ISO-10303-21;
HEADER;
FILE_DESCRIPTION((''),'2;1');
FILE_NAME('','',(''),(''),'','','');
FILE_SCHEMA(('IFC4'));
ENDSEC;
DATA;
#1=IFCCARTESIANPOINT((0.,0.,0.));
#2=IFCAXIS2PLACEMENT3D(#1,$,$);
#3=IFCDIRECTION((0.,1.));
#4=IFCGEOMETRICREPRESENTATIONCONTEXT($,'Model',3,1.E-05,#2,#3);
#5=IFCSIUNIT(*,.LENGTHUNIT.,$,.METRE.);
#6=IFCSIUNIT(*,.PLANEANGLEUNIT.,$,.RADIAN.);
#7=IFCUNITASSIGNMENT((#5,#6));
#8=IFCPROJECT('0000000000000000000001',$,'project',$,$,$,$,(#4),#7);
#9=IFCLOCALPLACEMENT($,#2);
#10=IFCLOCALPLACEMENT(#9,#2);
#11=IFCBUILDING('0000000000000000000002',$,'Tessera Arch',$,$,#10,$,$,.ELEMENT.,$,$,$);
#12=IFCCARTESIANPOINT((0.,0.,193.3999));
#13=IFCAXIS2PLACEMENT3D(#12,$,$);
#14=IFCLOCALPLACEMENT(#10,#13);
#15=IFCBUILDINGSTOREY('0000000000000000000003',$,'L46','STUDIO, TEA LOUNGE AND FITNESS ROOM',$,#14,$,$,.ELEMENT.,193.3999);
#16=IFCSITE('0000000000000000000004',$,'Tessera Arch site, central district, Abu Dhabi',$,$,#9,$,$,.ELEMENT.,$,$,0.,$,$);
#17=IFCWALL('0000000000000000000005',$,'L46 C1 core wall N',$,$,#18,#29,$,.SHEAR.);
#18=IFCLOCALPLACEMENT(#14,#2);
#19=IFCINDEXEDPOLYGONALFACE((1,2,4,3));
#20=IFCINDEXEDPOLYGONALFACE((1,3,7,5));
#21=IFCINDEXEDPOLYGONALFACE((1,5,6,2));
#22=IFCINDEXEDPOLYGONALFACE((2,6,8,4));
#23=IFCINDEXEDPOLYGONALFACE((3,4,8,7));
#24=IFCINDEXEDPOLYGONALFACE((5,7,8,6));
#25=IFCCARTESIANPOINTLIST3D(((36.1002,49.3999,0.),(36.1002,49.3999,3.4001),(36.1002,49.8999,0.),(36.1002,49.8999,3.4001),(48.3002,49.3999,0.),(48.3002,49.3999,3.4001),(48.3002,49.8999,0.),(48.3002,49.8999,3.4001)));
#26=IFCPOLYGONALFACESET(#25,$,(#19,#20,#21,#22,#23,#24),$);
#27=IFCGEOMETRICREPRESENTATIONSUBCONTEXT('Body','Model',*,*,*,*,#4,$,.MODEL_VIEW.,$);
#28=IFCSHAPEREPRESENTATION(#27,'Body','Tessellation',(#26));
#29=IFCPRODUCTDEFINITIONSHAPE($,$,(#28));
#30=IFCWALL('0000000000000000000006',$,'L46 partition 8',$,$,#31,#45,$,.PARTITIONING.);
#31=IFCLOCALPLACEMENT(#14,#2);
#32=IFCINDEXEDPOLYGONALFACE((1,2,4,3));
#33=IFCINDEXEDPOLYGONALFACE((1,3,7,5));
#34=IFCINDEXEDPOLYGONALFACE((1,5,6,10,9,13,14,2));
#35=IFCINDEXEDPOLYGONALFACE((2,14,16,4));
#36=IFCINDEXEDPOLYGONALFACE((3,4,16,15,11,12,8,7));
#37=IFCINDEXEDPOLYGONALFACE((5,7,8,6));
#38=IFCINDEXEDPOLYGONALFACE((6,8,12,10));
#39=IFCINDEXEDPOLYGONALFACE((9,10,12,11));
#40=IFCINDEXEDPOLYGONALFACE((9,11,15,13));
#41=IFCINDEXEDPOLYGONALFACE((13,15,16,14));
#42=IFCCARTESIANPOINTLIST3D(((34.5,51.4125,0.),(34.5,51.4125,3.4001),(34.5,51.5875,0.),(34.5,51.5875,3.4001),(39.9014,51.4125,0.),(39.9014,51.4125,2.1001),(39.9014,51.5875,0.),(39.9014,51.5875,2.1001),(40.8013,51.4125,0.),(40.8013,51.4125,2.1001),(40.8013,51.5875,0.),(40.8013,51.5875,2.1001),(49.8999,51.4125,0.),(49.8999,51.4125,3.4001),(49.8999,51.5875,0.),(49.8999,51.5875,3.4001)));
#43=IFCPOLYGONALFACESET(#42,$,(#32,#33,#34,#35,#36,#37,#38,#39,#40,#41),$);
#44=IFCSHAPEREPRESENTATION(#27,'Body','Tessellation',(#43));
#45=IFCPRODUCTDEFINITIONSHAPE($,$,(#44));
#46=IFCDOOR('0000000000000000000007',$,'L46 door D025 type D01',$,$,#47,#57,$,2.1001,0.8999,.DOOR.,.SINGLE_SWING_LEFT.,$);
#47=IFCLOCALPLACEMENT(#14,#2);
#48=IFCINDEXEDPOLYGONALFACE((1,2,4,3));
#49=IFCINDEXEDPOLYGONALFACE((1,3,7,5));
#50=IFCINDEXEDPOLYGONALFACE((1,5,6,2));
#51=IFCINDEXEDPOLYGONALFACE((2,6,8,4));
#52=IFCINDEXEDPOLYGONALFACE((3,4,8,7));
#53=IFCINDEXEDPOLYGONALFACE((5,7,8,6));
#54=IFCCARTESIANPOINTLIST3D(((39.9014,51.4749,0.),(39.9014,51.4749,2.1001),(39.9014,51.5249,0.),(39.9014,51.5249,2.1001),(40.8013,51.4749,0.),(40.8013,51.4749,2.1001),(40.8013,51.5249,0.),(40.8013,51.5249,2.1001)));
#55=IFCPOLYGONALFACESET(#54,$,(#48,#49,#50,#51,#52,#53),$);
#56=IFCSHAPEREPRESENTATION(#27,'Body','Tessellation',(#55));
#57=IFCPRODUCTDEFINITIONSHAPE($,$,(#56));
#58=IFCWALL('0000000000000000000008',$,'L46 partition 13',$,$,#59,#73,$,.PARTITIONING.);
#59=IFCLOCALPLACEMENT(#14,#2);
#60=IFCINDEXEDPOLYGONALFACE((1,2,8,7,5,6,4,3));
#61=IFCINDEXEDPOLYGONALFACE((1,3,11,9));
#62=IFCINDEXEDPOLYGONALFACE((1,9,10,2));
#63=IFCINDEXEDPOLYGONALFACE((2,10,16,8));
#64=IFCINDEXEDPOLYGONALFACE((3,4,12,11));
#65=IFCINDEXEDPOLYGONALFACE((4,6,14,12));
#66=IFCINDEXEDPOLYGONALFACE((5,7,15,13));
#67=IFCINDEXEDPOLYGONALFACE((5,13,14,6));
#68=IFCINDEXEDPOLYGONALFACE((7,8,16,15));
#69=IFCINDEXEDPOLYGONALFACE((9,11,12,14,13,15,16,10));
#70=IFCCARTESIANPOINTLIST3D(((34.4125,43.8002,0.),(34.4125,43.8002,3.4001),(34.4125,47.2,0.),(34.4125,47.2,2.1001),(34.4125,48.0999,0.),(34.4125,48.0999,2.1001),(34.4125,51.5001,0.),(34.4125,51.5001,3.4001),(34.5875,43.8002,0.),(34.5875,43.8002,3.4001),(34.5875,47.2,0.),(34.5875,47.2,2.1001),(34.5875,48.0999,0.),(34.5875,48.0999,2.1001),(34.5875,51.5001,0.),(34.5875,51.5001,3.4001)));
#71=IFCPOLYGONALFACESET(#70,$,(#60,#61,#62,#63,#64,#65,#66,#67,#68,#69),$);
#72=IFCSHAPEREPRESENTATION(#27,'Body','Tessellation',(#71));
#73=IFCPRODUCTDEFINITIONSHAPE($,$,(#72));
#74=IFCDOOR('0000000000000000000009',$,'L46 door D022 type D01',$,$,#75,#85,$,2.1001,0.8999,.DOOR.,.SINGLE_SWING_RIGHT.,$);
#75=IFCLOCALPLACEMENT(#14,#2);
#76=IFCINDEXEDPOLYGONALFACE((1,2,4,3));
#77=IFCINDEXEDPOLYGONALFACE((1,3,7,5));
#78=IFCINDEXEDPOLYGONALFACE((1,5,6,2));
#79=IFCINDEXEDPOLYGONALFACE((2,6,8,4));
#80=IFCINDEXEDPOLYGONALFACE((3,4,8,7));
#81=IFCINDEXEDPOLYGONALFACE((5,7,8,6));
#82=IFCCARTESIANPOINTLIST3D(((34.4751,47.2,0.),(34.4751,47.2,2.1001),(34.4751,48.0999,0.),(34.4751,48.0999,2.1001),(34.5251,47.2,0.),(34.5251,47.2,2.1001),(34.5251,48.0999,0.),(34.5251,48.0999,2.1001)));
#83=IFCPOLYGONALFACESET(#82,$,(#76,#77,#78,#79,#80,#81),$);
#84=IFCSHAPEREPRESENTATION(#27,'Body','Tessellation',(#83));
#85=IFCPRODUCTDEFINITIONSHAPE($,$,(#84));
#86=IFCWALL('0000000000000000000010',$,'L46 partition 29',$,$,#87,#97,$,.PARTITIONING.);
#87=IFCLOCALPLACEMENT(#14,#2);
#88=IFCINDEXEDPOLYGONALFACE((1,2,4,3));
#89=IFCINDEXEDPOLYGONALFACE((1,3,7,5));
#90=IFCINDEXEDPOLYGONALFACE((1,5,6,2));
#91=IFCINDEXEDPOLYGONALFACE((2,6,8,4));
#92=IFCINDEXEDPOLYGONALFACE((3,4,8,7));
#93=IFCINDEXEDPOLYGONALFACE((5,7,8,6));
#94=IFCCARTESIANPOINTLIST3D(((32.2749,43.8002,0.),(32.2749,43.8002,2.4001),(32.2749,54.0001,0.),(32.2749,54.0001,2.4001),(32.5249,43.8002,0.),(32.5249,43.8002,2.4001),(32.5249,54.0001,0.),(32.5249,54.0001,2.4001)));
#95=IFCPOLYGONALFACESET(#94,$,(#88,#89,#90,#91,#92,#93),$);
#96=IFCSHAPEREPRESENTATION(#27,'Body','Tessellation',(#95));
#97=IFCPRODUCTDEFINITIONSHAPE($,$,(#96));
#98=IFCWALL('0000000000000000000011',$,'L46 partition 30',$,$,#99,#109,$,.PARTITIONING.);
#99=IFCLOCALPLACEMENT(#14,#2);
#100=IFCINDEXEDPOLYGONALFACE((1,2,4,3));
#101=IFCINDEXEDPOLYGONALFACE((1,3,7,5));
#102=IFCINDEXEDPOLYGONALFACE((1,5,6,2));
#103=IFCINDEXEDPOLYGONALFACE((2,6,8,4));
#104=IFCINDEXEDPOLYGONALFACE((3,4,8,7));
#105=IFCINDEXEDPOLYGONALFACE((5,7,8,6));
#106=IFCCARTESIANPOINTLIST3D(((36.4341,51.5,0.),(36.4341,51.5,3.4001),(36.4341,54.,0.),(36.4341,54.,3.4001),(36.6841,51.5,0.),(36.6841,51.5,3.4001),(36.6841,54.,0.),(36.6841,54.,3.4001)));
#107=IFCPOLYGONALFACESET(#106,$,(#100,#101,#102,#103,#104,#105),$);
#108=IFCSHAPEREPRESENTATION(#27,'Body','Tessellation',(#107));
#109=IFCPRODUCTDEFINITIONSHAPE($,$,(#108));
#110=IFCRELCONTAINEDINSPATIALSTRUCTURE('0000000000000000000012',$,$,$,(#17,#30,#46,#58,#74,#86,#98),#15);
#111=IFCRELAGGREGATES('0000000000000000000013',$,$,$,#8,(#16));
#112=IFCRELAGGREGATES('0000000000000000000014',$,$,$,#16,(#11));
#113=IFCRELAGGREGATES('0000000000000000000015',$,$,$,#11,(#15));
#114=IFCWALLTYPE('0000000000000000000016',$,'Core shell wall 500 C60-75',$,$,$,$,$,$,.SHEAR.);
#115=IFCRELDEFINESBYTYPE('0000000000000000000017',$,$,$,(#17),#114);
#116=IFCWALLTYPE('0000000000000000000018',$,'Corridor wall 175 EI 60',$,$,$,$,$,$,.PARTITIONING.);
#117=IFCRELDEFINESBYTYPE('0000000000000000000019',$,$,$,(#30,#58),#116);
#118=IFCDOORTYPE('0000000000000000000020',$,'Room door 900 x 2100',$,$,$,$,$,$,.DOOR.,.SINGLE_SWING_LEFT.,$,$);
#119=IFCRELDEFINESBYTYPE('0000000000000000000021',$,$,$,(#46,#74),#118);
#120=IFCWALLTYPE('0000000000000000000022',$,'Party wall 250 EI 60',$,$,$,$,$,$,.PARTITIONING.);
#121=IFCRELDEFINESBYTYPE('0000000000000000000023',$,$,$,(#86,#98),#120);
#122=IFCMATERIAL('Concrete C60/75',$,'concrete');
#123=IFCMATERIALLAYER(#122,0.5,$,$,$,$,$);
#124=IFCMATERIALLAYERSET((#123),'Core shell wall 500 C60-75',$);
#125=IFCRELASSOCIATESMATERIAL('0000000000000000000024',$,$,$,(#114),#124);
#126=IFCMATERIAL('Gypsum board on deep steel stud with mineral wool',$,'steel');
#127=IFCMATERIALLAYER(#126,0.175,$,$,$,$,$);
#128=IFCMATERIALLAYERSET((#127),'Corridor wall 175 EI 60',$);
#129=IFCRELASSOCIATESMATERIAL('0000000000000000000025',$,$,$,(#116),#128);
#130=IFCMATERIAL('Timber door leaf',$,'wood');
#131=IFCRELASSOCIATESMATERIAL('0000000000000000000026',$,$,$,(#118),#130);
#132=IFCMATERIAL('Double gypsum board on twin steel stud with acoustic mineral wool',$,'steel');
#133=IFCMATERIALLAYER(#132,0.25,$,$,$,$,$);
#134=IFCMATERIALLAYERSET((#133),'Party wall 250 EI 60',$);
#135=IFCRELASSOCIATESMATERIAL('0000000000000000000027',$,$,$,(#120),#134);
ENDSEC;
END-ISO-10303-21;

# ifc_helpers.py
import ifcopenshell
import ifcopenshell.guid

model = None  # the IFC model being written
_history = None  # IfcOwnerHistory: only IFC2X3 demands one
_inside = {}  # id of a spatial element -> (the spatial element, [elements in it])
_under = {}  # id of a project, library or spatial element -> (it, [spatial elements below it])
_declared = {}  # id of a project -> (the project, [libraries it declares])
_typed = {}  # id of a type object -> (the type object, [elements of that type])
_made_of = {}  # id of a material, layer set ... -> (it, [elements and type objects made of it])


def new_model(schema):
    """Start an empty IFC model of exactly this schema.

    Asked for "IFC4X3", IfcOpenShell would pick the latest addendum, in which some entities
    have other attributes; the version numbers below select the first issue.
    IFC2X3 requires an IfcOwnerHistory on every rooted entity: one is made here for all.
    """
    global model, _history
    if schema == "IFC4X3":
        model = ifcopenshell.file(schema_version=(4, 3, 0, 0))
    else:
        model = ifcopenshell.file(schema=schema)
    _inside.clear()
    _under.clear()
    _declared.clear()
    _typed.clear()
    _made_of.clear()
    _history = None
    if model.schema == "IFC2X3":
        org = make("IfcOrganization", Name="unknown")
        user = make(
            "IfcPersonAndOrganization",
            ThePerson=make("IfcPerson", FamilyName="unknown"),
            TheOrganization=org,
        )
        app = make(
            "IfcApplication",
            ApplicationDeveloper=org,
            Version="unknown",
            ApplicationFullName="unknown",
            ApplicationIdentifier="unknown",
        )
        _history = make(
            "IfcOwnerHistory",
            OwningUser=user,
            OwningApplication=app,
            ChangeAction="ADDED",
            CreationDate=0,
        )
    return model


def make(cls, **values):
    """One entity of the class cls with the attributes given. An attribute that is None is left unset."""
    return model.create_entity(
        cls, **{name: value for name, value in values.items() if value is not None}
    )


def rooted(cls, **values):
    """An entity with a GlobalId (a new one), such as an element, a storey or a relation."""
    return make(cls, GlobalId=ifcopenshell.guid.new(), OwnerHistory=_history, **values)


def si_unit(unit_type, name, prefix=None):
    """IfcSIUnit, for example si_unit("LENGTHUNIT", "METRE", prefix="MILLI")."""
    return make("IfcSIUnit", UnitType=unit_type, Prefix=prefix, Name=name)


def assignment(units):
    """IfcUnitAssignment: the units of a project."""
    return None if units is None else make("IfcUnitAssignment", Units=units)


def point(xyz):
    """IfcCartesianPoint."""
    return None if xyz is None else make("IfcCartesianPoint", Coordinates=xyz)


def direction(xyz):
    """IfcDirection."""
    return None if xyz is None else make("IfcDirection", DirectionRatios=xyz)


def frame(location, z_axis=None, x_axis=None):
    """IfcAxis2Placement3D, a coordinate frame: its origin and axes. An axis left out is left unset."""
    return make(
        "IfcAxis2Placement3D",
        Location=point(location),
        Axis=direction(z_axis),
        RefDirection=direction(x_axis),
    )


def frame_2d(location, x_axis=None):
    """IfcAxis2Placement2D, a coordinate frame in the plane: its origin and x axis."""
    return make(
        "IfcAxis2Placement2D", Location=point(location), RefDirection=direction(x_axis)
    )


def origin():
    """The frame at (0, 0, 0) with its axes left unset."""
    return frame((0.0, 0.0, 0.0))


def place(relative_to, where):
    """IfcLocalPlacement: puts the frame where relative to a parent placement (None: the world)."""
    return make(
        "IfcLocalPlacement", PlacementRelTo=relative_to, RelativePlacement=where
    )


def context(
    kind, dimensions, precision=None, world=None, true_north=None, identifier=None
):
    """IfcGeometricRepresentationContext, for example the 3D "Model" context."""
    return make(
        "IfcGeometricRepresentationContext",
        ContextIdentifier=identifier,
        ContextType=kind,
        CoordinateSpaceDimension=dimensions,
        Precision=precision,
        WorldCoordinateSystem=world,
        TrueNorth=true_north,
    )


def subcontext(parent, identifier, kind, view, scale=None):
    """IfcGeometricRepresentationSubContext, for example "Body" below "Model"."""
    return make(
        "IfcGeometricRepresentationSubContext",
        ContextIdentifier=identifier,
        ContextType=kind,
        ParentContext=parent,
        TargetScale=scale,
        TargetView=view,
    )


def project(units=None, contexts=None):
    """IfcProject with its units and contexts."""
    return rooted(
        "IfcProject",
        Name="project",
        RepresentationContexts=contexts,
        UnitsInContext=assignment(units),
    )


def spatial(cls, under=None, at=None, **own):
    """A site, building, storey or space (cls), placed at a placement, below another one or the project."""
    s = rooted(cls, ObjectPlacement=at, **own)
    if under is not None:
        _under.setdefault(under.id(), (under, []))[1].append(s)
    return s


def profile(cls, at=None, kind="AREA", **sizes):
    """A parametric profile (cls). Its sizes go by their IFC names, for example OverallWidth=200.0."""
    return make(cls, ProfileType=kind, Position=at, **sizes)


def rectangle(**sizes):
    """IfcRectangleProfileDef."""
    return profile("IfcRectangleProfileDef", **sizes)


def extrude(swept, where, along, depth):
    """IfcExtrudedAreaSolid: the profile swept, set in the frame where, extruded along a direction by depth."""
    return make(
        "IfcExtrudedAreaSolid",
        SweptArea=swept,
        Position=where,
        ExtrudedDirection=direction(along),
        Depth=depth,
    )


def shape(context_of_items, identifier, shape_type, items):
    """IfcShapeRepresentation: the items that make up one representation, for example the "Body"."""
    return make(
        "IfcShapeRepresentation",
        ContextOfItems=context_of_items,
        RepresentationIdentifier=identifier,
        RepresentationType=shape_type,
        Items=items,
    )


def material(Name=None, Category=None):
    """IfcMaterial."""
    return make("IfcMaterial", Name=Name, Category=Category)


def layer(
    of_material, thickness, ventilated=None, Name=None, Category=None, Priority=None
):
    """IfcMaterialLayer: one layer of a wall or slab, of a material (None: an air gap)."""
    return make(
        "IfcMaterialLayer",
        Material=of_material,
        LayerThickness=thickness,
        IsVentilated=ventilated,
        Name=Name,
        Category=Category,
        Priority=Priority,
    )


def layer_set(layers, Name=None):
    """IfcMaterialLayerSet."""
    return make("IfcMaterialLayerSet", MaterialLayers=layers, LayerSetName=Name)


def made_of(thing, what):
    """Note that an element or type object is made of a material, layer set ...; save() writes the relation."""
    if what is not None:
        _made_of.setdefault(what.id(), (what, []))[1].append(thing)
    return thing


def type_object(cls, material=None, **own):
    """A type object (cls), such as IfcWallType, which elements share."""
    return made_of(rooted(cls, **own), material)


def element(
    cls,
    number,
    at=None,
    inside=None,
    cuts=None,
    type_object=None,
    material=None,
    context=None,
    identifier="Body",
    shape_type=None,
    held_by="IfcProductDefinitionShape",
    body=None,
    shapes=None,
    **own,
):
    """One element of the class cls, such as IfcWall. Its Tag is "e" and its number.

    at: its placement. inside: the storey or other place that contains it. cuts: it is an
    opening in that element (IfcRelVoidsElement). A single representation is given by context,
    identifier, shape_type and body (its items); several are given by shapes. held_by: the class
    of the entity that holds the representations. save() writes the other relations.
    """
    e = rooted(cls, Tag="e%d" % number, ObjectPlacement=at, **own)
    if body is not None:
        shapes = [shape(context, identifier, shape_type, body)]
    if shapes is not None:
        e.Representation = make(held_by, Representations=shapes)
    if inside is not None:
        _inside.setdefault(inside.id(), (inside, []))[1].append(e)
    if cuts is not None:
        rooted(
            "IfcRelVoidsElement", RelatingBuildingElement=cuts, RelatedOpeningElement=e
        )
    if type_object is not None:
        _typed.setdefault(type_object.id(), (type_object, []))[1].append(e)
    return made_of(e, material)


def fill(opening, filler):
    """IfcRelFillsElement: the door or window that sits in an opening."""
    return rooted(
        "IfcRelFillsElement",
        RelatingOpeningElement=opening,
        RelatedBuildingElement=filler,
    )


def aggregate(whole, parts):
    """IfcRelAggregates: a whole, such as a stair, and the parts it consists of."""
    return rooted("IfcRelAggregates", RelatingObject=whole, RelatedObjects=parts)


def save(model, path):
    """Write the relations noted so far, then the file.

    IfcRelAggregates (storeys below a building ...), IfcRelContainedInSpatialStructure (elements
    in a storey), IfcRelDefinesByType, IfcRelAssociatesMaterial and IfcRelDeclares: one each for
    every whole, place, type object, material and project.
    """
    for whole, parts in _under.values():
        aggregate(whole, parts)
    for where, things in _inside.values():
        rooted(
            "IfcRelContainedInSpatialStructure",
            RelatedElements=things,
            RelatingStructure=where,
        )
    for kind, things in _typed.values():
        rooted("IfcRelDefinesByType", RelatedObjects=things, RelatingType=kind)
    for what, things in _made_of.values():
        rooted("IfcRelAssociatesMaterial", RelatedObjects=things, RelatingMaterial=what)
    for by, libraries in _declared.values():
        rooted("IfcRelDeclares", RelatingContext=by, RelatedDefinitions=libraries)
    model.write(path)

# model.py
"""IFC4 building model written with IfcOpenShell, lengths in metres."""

from ifc_helpers import new_model, si_unit, direction, frame, frame_2d, origin, place, context, subcontext, project, spatial, rectangle, extrude, material, layer, layer_set, type_object, element, fill, save


model = new_model("IFC4")

# Units and contexts
model_context = context("Model", 3, precision=1e-05, world=origin(), true_north=direction((0.0, 1.0)))
body_context = subcontext(model_context, "Body", "Model", "MODEL_VIEW")
ifc_project = project(units=[si_unit("LENGTHUNIT", "METRE"), si_unit("PLANEANGLEUNIT", "RADIAN")], contexts=[model_context])

# Site, building, storey
site_placement = place(None, origin())
site = spatial("IfcSite", under=ifc_project, at=site_placement, Name="Tessera Arch site, central district, Abu Dhabi", CompositionType="ELEMENT", RefElevation=0.0)
building_placement = place(site_placement, origin())
building = spatial("IfcBuilding", under=site, at=building_placement, Name="Tessera Arch", CompositionType="ELEMENT")
storey_placement = place(building_placement, frame((0.0, 0.0, 193.3999)))
storey = spatial("IfcBuildingStorey", under=building, at=storey_placement, Name="L46", Description="STUDIO, TEA LOUNGE AND FITNESS ROOM", CompositionType="ELEMENT", Elevation=193.3999)

# Wall
ifc_material_1 = material(Name="Concrete C60/75", Category="concrete")
ifc_layer_1 = layer(ifc_material_1, 0.5)
ifc_layer_set_1 = layer_set([ifc_layer_1], Name="Core shell wall 500 C60-75")
wall_type_1 = type_object("IfcWallType", Name="Core shell wall 500 C60-75", PredefinedType="SHEAR", material=ifc_layer_set_1)
wall_1_placement = place(storey_placement, frame((36.1001, 49.6499, 0.0), z_axis=(0.0, 0.0, 1.0), x_axis=(1.0, 0.0, 0.0)))
element("IfcWall", 1, at=wall_1_placement, inside=storey, type_object=wall_type_1, Name="L46 C1 core wall N", PredefinedType="SHEAR", context=body_context, shape_type="SweptSolid", body=[
    extrude(rectangle(XDim=12.2, YDim=0.5, at=frame_2d((6.1001, 0.0))), origin(), (0.0, 0.0, 1.0), 3.4001),
])

# Walls, openings, doors
ifc_material_2 = material(Name="Gypsum board on deep steel stud with mineral wool", Category="steel")
ifc_layer_2 = layer(ifc_material_2, 0.175)
ifc_layer_set_2 = layer_set([ifc_layer_2], Name="Corridor wall 175 EI 60")
wall_type_2 = type_object("IfcWallType", Name="Corridor wall 175 EI 60", PredefinedType="PARTITIONING", material=ifc_layer_set_2)
wall_2_placement = place(storey_placement, frame((34.5, 51.5, 0.0), z_axis=(0.0, 0.0, 1.0), x_axis=(1.0, 0.0, 0.0)))
wall_2 = element("IfcWall", 2, at=wall_2_placement, inside=storey, type_object=wall_type_2, Name="L46 partition 8", PredefinedType="PARTITIONING", context=body_context, shape_type="SweptSolid", body=[
    extrude(rectangle(XDim=15.3999, YDim=0.175, at=frame_2d((7.7, 0.0))), origin(), (0.0, 0.0, 1.0), 3.4001),
])
opening_1_placement = place(wall_2_placement, frame((5.4014, 0.0, 0.0)))
opening_1 = element("IfcOpeningElement", 3, at=opening_1_placement, cuts=wall_2, PredefinedType="OPENING", context=body_context, shape_type="SweptSolid", body=[
    extrude(rectangle(XDim=0.8999, YDim=2.1001, at=frame_2d((0.45, 1.05))), frame((0.0, 0.0974, 0.0), z_axis=(0.0, -1.0, 0.0), x_axis=(1.0, 0.0, 0.0)), (0.0, 0.0, 1.0), 0.1951),
])
ifc_material_3 = material(Name="Timber door leaf", Category="wood")
door_type_1 = type_object("IfcDoorType", Name="Room door 900 x 2100", OperationType="SINGLE_SWING_LEFT", PredefinedType="DOOR", material=ifc_material_3)
door_1_placement = place(opening_1_placement, origin())
door_1 = element("IfcDoor", 4, at=door_1_placement, inside=storey, type_object=door_type_1, Name="L46 door D025 type D01", OperationType="SINGLE_SWING_LEFT", OverallHeight=2.1001, OverallWidth=0.8999, PredefinedType="DOOR", context=body_context, shape_type="SweptSolid", body=[
    extrude(rectangle(XDim=0.8999, YDim=2.1001, at=frame_2d((0.45, 1.05))), frame((0.0, 0.0249, 0.0), z_axis=(0.0, -1.0, 0.0), x_axis=(1.0, 0.0, 0.0)), (0.0, 0.0, 1.0), 0.05),
])
fill(opening_1, door_1)
wall_3_placement = place(storey_placement, frame((34.5, 43.8, 0.0), z_axis=(0.0, 0.0, 1.0), x_axis=(0.0, 1.0, 0.0)))
wall_3 = element("IfcWall", 5, at=wall_3_placement, inside=storey, type_object=wall_type_2, Name="L46 partition 13", PredefinedType="PARTITIONING", context=body_context, shape_type="SweptSolid", body=[
    extrude(rectangle(XDim=7.7, YDim=0.175, at=frame_2d((3.8501, 0.0))), origin(), (0.0, 0.0, 1.0), 3.4001),
])
opening_2_placement = place(wall_3_placement, frame((3.3999, 0.0, 0.0)))
opening_2 = element("IfcOpeningElement", 6, at=opening_2_placement, cuts=wall_3, PredefinedType="OPENING", context=body_context, shape_type="SweptSolid", body=[
    extrude(rectangle(XDim=0.8999, YDim=2.1001, at=frame_2d((0.45, 1.05))), frame((0.0, 0.0974, 0.0), z_axis=(0.0, -1.0, 0.0), x_axis=(1.0, 0.0, 0.0)), (0.0, 0.0, 1.0), 0.1951),
])
door_2_placement = place(opening_2_placement, origin())
door_2 = element("IfcDoor", 7, at=door_2_placement, inside=storey, type_object=door_type_1, Name="L46 door D022 type D01", OperationType="SINGLE_SWING_RIGHT", OverallHeight=2.1001, OverallWidth=0.8999, PredefinedType="DOOR", context=body_context, shape_type="SweptSolid", body=[
    extrude(rectangle(XDim=0.8999, YDim=2.1001, at=frame_2d((0.45, 1.05))), frame((0.0, 0.0249, 0.0), z_axis=(0.0, -1.0, 0.0), x_axis=(1.0, 0.0, 0.0)), (0.0, 0.0, 1.0), 0.05),
])
fill(opening_2, door_2)

# Walls
ifc_material_4 = material(Name="Double gypsum board on twin steel stud with acoustic mineral wool", Category="steel")
ifc_layer_3 = layer(ifc_material_4, 0.25)
ifc_layer_set_3 = layer_set([ifc_layer_3], Name="Party wall 250 EI 60")
wall_type_3 = type_object("IfcWallType", Name="Party wall 250 EI 60", PredefinedType="PARTITIONING", material=ifc_layer_set_3)
wall_4_placement = place(storey_placement, frame((32.3999, 43.8, 0.0), z_axis=(0.0, 0.0, 1.0), x_axis=(0.0, 1.0, 0.0)))
element("IfcWall", 8, at=wall_4_placement, inside=storey, type_object=wall_type_3, Name="L46 partition 29", PredefinedType="PARTITIONING", context=body_context, shape_type="SweptSolid", body=[
    extrude(rectangle(XDim=10.2, YDim=0.25, at=frame_2d((5.1001, 0.0))), origin(), (0.0, 0.0, 1.0), 2.4001),
])
wall_5_placement = place(storey_placement, frame((36.5591, 51.5, 0.0), z_axis=(0.0, 0.0, 1.0), x_axis=(0.0, 1.0, 0.0)))
element("IfcWall", 9, at=wall_5_placement, inside=storey, type_object=wall_type_3, Name="L46 partition 30", PredefinedType="PARTITIONING", context=body_context, shape_type="SweptSolid", body=[
    extrude(rectangle(XDim=2.5, YDim=0.25, at=frame_2d((1.25, 0.0))), origin(), (0.0, 0.0, 1.0), 3.4001),
])

save(model, "model.ifc")
